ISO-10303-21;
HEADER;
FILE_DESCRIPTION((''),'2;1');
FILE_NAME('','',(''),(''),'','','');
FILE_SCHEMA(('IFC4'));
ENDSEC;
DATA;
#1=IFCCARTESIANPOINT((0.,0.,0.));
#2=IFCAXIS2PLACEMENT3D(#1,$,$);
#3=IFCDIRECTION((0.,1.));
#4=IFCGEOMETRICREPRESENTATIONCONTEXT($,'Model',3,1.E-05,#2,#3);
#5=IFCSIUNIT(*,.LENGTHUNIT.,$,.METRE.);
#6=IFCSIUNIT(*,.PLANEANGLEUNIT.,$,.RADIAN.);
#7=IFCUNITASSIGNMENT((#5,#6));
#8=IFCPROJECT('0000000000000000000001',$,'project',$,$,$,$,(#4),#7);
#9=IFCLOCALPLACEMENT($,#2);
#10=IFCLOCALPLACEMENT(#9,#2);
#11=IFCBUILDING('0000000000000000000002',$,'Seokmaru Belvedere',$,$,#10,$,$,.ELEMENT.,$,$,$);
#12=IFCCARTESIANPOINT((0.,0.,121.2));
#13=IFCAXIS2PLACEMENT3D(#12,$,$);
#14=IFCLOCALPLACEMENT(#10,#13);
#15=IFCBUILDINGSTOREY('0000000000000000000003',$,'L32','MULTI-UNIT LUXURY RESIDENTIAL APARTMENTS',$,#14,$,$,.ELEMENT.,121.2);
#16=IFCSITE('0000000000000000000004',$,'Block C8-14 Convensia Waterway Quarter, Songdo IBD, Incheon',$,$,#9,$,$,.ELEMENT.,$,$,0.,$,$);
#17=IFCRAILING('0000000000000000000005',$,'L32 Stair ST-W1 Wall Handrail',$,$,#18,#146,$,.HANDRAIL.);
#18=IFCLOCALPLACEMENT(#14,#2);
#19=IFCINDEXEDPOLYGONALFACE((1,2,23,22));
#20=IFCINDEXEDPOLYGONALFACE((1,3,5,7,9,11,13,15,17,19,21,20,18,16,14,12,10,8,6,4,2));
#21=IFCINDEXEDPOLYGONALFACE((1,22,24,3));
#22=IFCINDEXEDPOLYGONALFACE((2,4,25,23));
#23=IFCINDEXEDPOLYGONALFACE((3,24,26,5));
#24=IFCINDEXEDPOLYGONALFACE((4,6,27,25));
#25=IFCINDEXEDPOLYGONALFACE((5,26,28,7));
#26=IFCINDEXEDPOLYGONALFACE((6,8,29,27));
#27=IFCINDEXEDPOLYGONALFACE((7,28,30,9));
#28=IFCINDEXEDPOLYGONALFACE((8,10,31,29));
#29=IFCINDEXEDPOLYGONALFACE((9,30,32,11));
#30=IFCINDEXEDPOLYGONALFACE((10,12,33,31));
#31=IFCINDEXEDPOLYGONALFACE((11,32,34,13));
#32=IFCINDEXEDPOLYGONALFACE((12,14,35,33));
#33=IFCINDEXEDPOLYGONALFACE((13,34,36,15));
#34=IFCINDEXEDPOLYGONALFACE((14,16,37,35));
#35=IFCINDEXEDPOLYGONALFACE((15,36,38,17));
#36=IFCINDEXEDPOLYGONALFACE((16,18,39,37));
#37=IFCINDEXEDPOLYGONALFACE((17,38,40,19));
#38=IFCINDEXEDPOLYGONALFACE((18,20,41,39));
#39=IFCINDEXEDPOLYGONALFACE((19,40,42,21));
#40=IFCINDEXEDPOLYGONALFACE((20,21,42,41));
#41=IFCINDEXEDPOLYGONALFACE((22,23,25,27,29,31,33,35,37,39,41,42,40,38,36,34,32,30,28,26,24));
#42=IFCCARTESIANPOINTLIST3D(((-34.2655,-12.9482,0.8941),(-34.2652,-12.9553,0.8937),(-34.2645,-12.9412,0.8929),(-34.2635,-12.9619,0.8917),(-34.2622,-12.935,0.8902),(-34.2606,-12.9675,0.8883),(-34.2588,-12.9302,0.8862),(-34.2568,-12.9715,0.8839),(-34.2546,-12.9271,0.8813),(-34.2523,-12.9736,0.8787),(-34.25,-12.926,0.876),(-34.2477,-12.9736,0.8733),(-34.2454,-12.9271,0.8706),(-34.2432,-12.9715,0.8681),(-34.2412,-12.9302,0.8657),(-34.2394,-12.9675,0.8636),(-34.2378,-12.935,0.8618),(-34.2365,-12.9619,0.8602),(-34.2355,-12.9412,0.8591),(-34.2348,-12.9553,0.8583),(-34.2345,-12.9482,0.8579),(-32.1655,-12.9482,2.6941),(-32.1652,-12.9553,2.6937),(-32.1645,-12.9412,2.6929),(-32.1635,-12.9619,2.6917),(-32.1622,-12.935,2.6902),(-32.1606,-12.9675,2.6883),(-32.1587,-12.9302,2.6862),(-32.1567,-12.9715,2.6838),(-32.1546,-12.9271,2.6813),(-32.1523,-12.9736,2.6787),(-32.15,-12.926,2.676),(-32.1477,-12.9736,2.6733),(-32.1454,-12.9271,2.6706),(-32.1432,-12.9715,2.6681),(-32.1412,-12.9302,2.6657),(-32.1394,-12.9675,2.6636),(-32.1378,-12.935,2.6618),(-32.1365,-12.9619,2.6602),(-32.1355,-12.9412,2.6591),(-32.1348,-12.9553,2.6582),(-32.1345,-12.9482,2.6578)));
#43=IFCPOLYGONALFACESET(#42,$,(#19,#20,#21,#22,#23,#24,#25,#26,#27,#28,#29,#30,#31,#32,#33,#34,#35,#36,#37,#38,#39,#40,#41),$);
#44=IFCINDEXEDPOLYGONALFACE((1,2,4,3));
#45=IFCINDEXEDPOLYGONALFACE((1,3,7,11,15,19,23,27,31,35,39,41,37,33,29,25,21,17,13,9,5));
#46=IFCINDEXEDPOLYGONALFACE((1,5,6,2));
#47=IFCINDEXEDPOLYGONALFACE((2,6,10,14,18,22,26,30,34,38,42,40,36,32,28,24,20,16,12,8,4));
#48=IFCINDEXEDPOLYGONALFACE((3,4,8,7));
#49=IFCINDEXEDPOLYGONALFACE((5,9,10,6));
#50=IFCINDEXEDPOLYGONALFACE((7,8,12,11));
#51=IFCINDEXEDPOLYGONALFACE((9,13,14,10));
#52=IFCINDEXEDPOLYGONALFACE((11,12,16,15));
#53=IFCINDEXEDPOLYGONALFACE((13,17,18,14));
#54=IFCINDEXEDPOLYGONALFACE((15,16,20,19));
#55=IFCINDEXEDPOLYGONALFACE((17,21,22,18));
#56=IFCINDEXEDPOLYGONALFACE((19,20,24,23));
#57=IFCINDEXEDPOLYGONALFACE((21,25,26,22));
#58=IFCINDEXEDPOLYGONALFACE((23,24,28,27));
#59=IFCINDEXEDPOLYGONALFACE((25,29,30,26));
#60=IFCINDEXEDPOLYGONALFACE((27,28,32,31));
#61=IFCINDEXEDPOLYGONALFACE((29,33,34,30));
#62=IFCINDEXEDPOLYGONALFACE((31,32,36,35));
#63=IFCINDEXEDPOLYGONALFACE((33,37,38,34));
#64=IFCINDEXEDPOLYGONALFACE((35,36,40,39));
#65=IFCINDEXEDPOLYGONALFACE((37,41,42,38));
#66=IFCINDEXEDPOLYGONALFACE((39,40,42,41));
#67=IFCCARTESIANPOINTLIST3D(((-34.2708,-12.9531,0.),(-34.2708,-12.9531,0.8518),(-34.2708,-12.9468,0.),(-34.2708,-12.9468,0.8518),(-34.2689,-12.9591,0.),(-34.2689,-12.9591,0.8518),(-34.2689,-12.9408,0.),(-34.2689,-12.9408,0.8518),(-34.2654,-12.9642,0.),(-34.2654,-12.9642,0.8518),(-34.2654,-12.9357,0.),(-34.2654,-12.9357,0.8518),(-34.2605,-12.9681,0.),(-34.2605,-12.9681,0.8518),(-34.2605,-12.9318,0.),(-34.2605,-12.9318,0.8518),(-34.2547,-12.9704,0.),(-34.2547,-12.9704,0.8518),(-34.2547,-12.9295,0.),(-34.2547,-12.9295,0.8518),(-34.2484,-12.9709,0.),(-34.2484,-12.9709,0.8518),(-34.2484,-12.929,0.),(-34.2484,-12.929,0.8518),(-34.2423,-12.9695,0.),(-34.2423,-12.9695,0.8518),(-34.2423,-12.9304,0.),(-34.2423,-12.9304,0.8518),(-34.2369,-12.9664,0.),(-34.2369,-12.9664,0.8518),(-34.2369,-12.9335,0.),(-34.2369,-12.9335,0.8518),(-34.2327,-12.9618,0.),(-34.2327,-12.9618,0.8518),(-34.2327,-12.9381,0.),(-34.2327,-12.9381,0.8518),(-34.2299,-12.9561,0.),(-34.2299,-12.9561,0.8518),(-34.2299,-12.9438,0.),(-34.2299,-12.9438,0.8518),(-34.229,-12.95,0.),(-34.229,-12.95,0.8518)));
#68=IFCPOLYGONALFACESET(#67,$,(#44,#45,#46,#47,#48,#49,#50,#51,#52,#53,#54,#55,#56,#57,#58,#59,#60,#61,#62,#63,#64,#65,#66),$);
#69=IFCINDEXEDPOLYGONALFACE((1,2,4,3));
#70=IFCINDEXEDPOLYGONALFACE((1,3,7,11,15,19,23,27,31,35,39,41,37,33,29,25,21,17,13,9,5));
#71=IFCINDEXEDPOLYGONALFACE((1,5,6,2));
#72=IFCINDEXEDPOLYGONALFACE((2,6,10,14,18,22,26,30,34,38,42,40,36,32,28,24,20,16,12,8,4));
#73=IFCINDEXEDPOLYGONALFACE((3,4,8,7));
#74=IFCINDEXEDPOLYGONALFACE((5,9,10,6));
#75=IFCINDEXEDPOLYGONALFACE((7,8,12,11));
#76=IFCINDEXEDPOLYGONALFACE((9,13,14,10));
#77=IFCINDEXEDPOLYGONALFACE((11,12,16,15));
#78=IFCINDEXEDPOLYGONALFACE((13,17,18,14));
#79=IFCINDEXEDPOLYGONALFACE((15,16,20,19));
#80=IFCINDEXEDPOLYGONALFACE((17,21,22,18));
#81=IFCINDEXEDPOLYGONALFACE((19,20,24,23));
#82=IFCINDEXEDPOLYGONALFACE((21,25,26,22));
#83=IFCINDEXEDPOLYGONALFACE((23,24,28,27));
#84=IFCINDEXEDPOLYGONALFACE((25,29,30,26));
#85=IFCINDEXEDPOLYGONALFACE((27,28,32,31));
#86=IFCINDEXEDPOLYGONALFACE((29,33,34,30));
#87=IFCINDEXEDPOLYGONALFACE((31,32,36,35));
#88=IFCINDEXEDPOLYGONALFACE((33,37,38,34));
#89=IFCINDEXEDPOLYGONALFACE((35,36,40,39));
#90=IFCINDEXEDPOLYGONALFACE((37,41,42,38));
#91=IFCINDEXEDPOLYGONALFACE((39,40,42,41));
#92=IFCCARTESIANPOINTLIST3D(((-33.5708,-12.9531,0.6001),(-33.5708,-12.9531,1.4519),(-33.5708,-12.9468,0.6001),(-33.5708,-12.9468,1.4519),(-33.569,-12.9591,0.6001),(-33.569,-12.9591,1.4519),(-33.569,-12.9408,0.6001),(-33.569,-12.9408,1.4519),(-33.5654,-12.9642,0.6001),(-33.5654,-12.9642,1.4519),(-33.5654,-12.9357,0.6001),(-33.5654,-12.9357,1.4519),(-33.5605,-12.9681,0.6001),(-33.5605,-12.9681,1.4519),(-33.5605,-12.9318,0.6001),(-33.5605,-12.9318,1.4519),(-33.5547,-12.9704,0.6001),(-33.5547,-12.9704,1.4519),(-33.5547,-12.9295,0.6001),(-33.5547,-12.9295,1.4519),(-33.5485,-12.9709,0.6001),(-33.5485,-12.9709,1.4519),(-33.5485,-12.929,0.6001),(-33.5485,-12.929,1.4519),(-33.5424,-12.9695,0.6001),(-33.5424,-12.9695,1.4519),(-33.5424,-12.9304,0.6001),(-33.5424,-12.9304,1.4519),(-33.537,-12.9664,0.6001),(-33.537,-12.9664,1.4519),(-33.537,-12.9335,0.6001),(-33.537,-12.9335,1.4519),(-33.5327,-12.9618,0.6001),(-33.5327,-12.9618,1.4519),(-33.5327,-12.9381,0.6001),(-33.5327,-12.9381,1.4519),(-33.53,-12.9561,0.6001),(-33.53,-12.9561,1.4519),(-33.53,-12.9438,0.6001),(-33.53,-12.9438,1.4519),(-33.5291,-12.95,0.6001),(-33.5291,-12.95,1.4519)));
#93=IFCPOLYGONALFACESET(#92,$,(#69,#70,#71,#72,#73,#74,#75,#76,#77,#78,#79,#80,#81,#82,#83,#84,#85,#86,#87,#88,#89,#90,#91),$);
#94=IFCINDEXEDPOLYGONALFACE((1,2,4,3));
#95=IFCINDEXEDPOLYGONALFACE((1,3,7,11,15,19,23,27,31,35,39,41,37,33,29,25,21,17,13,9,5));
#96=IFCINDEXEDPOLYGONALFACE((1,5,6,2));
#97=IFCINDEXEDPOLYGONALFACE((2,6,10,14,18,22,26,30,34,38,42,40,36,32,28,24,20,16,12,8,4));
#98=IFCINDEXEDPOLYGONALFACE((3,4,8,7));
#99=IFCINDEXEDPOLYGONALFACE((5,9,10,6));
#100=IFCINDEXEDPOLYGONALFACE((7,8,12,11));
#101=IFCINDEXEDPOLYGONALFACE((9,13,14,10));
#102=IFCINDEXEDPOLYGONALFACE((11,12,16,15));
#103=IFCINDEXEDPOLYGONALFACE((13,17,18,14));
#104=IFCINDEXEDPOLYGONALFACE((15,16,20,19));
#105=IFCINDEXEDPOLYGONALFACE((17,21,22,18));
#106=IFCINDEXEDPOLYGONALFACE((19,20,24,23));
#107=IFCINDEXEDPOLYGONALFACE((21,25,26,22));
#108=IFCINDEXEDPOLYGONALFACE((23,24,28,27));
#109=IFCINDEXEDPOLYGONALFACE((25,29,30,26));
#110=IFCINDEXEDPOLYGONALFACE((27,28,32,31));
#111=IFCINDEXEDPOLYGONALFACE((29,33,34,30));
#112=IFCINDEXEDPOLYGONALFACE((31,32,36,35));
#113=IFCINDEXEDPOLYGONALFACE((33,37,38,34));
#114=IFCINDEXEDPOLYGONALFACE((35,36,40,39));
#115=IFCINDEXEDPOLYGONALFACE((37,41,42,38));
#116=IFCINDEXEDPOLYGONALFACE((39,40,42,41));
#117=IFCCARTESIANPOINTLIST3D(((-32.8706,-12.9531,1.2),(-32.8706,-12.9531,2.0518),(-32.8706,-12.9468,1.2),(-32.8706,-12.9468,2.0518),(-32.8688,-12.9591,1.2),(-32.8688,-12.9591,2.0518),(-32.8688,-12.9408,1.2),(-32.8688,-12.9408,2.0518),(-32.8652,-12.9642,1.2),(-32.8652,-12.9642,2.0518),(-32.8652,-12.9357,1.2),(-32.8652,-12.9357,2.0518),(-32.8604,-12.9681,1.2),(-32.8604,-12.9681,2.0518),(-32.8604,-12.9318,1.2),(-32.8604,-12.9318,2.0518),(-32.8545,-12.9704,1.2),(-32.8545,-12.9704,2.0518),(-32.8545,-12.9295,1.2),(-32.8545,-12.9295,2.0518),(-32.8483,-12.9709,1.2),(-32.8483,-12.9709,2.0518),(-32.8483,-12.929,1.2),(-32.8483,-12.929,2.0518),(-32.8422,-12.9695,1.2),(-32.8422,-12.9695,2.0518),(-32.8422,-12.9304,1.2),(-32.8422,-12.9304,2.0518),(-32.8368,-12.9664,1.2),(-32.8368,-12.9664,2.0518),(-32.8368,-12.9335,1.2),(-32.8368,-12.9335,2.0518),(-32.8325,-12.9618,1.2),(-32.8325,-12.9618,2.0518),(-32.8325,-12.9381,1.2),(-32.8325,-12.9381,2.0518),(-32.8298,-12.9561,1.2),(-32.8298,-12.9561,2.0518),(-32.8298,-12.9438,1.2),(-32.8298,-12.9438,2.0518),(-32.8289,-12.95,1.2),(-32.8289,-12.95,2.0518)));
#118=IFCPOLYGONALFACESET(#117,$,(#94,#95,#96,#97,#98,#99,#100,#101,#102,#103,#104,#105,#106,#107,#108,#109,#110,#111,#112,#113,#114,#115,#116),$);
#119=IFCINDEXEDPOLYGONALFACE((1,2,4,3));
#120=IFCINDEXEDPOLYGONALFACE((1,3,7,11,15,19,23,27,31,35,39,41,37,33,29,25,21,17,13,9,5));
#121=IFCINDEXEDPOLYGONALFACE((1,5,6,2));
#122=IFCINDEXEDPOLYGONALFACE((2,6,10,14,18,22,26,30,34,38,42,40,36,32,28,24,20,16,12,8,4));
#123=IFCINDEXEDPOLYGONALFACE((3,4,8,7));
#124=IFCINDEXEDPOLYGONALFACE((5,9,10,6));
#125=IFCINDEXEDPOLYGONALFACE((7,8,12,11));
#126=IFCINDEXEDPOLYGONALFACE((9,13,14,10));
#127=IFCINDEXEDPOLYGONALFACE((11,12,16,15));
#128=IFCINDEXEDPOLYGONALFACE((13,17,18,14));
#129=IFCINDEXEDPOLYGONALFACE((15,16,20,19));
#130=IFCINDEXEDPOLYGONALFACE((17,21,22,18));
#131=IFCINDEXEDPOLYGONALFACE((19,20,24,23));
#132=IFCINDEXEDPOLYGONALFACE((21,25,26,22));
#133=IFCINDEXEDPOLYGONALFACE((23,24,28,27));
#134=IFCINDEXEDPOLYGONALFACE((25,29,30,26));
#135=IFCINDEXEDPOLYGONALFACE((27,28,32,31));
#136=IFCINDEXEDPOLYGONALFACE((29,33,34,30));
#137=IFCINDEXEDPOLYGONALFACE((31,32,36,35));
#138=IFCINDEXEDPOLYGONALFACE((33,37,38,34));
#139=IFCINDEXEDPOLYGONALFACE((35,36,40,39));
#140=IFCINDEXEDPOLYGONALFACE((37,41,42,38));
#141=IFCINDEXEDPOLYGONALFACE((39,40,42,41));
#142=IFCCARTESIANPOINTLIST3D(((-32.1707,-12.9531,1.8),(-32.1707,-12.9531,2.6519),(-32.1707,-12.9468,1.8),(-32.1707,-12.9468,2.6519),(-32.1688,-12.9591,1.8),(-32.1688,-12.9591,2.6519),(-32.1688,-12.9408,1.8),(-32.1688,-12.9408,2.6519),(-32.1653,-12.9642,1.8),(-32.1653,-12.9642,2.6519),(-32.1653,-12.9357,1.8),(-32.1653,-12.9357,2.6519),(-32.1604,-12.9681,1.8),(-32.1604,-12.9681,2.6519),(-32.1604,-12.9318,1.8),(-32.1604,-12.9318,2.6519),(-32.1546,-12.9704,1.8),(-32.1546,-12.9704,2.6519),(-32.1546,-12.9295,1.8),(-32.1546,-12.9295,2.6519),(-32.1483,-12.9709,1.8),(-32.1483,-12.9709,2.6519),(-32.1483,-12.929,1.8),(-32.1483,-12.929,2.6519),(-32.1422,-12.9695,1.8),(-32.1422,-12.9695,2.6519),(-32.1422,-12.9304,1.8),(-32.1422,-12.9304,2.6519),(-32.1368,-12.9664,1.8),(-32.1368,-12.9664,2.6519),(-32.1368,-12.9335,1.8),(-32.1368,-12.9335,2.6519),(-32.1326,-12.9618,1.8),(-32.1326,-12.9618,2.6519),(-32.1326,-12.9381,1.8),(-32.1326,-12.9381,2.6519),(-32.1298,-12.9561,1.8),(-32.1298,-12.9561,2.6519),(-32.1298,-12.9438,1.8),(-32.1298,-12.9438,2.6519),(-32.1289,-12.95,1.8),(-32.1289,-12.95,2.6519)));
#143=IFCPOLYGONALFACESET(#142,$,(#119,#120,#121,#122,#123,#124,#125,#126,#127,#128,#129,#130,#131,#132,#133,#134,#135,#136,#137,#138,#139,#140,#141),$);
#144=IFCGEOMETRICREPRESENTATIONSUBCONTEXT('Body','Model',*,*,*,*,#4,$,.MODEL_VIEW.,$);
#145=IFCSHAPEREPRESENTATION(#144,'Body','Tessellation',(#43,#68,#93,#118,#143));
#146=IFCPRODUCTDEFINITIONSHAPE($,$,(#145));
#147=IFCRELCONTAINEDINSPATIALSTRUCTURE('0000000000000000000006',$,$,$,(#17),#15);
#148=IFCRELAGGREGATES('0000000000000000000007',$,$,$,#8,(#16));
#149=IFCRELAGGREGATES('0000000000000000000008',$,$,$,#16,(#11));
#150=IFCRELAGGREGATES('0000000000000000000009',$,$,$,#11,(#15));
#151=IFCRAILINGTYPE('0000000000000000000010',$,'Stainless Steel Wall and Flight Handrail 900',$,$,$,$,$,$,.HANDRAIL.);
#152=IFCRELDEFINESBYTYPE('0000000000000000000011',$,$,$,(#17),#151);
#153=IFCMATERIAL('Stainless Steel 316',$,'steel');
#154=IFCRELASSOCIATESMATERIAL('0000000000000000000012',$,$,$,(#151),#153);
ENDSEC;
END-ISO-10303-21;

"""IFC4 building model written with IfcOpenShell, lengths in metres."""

from ifc_helpers import new_model, si_unit, direction, frame, origin, origin_2d, place, context, subcontext, project, spatial, circle, extrude, material, type_object, element, save


model = new_model("IFC4")

# Units and contexts
model_context = context("Model", 3, precision=1e-05, world=origin(), true_north=direction((0.0, 1.0)))
body_context = subcontext(model_context, "Body", "Model", "MODEL_VIEW")
ifc_project = project(units=[si_unit("LENGTHUNIT", "METRE"), si_unit("PLANEANGLEUNIT", "RADIAN")], contexts=[model_context])

# Site, building, storey
site_placement = place(None, origin())
site = spatial("IfcSite", under=ifc_project, at=site_placement, Name="Block C8-14 Convensia Waterway Quarter, Songdo IBD, Incheon", CompositionType="ELEMENT", RefElevation=0.0)
building_placement = place(site_placement, origin())
building = spatial("IfcBuilding", under=site, at=building_placement, Name="Seokmaru Belvedere", CompositionType="ELEMENT")
storey_placement = place(building_placement, frame((0.0, 0.0, 121.2)))
storey = spatial("IfcBuildingStorey", under=building, at=storey_placement, Name="L32", Description="MULTI-UNIT LUXURY RESIDENTIAL APARTMENTS", CompositionType="ELEMENT", Elevation=121.2)

# Railing
ifc_material_1 = material(Name="Stainless Steel 316", Category="steel")
railing_type = type_object("IfcRailingType", Name="Stainless Steel Wall and Flight Handrail 900", PredefinedType="HANDRAIL", material=ifc_material_1)
railing_placement = place(storey_placement, frame((-34.25, -12.95, 0.0)))
element("IfcRailing", 1, at=railing_placement, inside=storey, type_object=railing_type, Name="L32 Stair ST-W1 Wall Handrail", PredefinedType="HANDRAIL", context=body_context, shape_type="SweptSolid", body=[
    extrude(circle(Radius=0.0239, at=origin_2d()), frame((0.0, 0.0, 0.876), z_axis=(0.759263, 0.0, 0.650784), x_axis=(0.0, 1.0, 0.0)), (0.0, 0.0, 1.0), 2.7659),
    extrude(circle(Radius=0.021, at=origin_2d()), origin(), (0.0, 0.0, 1.0), 0.8518),
    extrude(circle(Radius=0.021, at=origin_2d()), frame((0.7, 0.0, 0.6001)), (0.0, 0.0, 1.0), 0.8518),
    extrude(circle(Radius=0.021, at=origin_2d()), frame((1.4001, 0.0, 1.2)), (0.0, 0.0, 1.0), 0.8518),
    extrude(circle(Radius=0.021, at=origin_2d()), frame((2.1001, 0.0, 1.8)), (0.0, 0.0, 1.0), 0.8518),
])

save(model, "model.ifc")
